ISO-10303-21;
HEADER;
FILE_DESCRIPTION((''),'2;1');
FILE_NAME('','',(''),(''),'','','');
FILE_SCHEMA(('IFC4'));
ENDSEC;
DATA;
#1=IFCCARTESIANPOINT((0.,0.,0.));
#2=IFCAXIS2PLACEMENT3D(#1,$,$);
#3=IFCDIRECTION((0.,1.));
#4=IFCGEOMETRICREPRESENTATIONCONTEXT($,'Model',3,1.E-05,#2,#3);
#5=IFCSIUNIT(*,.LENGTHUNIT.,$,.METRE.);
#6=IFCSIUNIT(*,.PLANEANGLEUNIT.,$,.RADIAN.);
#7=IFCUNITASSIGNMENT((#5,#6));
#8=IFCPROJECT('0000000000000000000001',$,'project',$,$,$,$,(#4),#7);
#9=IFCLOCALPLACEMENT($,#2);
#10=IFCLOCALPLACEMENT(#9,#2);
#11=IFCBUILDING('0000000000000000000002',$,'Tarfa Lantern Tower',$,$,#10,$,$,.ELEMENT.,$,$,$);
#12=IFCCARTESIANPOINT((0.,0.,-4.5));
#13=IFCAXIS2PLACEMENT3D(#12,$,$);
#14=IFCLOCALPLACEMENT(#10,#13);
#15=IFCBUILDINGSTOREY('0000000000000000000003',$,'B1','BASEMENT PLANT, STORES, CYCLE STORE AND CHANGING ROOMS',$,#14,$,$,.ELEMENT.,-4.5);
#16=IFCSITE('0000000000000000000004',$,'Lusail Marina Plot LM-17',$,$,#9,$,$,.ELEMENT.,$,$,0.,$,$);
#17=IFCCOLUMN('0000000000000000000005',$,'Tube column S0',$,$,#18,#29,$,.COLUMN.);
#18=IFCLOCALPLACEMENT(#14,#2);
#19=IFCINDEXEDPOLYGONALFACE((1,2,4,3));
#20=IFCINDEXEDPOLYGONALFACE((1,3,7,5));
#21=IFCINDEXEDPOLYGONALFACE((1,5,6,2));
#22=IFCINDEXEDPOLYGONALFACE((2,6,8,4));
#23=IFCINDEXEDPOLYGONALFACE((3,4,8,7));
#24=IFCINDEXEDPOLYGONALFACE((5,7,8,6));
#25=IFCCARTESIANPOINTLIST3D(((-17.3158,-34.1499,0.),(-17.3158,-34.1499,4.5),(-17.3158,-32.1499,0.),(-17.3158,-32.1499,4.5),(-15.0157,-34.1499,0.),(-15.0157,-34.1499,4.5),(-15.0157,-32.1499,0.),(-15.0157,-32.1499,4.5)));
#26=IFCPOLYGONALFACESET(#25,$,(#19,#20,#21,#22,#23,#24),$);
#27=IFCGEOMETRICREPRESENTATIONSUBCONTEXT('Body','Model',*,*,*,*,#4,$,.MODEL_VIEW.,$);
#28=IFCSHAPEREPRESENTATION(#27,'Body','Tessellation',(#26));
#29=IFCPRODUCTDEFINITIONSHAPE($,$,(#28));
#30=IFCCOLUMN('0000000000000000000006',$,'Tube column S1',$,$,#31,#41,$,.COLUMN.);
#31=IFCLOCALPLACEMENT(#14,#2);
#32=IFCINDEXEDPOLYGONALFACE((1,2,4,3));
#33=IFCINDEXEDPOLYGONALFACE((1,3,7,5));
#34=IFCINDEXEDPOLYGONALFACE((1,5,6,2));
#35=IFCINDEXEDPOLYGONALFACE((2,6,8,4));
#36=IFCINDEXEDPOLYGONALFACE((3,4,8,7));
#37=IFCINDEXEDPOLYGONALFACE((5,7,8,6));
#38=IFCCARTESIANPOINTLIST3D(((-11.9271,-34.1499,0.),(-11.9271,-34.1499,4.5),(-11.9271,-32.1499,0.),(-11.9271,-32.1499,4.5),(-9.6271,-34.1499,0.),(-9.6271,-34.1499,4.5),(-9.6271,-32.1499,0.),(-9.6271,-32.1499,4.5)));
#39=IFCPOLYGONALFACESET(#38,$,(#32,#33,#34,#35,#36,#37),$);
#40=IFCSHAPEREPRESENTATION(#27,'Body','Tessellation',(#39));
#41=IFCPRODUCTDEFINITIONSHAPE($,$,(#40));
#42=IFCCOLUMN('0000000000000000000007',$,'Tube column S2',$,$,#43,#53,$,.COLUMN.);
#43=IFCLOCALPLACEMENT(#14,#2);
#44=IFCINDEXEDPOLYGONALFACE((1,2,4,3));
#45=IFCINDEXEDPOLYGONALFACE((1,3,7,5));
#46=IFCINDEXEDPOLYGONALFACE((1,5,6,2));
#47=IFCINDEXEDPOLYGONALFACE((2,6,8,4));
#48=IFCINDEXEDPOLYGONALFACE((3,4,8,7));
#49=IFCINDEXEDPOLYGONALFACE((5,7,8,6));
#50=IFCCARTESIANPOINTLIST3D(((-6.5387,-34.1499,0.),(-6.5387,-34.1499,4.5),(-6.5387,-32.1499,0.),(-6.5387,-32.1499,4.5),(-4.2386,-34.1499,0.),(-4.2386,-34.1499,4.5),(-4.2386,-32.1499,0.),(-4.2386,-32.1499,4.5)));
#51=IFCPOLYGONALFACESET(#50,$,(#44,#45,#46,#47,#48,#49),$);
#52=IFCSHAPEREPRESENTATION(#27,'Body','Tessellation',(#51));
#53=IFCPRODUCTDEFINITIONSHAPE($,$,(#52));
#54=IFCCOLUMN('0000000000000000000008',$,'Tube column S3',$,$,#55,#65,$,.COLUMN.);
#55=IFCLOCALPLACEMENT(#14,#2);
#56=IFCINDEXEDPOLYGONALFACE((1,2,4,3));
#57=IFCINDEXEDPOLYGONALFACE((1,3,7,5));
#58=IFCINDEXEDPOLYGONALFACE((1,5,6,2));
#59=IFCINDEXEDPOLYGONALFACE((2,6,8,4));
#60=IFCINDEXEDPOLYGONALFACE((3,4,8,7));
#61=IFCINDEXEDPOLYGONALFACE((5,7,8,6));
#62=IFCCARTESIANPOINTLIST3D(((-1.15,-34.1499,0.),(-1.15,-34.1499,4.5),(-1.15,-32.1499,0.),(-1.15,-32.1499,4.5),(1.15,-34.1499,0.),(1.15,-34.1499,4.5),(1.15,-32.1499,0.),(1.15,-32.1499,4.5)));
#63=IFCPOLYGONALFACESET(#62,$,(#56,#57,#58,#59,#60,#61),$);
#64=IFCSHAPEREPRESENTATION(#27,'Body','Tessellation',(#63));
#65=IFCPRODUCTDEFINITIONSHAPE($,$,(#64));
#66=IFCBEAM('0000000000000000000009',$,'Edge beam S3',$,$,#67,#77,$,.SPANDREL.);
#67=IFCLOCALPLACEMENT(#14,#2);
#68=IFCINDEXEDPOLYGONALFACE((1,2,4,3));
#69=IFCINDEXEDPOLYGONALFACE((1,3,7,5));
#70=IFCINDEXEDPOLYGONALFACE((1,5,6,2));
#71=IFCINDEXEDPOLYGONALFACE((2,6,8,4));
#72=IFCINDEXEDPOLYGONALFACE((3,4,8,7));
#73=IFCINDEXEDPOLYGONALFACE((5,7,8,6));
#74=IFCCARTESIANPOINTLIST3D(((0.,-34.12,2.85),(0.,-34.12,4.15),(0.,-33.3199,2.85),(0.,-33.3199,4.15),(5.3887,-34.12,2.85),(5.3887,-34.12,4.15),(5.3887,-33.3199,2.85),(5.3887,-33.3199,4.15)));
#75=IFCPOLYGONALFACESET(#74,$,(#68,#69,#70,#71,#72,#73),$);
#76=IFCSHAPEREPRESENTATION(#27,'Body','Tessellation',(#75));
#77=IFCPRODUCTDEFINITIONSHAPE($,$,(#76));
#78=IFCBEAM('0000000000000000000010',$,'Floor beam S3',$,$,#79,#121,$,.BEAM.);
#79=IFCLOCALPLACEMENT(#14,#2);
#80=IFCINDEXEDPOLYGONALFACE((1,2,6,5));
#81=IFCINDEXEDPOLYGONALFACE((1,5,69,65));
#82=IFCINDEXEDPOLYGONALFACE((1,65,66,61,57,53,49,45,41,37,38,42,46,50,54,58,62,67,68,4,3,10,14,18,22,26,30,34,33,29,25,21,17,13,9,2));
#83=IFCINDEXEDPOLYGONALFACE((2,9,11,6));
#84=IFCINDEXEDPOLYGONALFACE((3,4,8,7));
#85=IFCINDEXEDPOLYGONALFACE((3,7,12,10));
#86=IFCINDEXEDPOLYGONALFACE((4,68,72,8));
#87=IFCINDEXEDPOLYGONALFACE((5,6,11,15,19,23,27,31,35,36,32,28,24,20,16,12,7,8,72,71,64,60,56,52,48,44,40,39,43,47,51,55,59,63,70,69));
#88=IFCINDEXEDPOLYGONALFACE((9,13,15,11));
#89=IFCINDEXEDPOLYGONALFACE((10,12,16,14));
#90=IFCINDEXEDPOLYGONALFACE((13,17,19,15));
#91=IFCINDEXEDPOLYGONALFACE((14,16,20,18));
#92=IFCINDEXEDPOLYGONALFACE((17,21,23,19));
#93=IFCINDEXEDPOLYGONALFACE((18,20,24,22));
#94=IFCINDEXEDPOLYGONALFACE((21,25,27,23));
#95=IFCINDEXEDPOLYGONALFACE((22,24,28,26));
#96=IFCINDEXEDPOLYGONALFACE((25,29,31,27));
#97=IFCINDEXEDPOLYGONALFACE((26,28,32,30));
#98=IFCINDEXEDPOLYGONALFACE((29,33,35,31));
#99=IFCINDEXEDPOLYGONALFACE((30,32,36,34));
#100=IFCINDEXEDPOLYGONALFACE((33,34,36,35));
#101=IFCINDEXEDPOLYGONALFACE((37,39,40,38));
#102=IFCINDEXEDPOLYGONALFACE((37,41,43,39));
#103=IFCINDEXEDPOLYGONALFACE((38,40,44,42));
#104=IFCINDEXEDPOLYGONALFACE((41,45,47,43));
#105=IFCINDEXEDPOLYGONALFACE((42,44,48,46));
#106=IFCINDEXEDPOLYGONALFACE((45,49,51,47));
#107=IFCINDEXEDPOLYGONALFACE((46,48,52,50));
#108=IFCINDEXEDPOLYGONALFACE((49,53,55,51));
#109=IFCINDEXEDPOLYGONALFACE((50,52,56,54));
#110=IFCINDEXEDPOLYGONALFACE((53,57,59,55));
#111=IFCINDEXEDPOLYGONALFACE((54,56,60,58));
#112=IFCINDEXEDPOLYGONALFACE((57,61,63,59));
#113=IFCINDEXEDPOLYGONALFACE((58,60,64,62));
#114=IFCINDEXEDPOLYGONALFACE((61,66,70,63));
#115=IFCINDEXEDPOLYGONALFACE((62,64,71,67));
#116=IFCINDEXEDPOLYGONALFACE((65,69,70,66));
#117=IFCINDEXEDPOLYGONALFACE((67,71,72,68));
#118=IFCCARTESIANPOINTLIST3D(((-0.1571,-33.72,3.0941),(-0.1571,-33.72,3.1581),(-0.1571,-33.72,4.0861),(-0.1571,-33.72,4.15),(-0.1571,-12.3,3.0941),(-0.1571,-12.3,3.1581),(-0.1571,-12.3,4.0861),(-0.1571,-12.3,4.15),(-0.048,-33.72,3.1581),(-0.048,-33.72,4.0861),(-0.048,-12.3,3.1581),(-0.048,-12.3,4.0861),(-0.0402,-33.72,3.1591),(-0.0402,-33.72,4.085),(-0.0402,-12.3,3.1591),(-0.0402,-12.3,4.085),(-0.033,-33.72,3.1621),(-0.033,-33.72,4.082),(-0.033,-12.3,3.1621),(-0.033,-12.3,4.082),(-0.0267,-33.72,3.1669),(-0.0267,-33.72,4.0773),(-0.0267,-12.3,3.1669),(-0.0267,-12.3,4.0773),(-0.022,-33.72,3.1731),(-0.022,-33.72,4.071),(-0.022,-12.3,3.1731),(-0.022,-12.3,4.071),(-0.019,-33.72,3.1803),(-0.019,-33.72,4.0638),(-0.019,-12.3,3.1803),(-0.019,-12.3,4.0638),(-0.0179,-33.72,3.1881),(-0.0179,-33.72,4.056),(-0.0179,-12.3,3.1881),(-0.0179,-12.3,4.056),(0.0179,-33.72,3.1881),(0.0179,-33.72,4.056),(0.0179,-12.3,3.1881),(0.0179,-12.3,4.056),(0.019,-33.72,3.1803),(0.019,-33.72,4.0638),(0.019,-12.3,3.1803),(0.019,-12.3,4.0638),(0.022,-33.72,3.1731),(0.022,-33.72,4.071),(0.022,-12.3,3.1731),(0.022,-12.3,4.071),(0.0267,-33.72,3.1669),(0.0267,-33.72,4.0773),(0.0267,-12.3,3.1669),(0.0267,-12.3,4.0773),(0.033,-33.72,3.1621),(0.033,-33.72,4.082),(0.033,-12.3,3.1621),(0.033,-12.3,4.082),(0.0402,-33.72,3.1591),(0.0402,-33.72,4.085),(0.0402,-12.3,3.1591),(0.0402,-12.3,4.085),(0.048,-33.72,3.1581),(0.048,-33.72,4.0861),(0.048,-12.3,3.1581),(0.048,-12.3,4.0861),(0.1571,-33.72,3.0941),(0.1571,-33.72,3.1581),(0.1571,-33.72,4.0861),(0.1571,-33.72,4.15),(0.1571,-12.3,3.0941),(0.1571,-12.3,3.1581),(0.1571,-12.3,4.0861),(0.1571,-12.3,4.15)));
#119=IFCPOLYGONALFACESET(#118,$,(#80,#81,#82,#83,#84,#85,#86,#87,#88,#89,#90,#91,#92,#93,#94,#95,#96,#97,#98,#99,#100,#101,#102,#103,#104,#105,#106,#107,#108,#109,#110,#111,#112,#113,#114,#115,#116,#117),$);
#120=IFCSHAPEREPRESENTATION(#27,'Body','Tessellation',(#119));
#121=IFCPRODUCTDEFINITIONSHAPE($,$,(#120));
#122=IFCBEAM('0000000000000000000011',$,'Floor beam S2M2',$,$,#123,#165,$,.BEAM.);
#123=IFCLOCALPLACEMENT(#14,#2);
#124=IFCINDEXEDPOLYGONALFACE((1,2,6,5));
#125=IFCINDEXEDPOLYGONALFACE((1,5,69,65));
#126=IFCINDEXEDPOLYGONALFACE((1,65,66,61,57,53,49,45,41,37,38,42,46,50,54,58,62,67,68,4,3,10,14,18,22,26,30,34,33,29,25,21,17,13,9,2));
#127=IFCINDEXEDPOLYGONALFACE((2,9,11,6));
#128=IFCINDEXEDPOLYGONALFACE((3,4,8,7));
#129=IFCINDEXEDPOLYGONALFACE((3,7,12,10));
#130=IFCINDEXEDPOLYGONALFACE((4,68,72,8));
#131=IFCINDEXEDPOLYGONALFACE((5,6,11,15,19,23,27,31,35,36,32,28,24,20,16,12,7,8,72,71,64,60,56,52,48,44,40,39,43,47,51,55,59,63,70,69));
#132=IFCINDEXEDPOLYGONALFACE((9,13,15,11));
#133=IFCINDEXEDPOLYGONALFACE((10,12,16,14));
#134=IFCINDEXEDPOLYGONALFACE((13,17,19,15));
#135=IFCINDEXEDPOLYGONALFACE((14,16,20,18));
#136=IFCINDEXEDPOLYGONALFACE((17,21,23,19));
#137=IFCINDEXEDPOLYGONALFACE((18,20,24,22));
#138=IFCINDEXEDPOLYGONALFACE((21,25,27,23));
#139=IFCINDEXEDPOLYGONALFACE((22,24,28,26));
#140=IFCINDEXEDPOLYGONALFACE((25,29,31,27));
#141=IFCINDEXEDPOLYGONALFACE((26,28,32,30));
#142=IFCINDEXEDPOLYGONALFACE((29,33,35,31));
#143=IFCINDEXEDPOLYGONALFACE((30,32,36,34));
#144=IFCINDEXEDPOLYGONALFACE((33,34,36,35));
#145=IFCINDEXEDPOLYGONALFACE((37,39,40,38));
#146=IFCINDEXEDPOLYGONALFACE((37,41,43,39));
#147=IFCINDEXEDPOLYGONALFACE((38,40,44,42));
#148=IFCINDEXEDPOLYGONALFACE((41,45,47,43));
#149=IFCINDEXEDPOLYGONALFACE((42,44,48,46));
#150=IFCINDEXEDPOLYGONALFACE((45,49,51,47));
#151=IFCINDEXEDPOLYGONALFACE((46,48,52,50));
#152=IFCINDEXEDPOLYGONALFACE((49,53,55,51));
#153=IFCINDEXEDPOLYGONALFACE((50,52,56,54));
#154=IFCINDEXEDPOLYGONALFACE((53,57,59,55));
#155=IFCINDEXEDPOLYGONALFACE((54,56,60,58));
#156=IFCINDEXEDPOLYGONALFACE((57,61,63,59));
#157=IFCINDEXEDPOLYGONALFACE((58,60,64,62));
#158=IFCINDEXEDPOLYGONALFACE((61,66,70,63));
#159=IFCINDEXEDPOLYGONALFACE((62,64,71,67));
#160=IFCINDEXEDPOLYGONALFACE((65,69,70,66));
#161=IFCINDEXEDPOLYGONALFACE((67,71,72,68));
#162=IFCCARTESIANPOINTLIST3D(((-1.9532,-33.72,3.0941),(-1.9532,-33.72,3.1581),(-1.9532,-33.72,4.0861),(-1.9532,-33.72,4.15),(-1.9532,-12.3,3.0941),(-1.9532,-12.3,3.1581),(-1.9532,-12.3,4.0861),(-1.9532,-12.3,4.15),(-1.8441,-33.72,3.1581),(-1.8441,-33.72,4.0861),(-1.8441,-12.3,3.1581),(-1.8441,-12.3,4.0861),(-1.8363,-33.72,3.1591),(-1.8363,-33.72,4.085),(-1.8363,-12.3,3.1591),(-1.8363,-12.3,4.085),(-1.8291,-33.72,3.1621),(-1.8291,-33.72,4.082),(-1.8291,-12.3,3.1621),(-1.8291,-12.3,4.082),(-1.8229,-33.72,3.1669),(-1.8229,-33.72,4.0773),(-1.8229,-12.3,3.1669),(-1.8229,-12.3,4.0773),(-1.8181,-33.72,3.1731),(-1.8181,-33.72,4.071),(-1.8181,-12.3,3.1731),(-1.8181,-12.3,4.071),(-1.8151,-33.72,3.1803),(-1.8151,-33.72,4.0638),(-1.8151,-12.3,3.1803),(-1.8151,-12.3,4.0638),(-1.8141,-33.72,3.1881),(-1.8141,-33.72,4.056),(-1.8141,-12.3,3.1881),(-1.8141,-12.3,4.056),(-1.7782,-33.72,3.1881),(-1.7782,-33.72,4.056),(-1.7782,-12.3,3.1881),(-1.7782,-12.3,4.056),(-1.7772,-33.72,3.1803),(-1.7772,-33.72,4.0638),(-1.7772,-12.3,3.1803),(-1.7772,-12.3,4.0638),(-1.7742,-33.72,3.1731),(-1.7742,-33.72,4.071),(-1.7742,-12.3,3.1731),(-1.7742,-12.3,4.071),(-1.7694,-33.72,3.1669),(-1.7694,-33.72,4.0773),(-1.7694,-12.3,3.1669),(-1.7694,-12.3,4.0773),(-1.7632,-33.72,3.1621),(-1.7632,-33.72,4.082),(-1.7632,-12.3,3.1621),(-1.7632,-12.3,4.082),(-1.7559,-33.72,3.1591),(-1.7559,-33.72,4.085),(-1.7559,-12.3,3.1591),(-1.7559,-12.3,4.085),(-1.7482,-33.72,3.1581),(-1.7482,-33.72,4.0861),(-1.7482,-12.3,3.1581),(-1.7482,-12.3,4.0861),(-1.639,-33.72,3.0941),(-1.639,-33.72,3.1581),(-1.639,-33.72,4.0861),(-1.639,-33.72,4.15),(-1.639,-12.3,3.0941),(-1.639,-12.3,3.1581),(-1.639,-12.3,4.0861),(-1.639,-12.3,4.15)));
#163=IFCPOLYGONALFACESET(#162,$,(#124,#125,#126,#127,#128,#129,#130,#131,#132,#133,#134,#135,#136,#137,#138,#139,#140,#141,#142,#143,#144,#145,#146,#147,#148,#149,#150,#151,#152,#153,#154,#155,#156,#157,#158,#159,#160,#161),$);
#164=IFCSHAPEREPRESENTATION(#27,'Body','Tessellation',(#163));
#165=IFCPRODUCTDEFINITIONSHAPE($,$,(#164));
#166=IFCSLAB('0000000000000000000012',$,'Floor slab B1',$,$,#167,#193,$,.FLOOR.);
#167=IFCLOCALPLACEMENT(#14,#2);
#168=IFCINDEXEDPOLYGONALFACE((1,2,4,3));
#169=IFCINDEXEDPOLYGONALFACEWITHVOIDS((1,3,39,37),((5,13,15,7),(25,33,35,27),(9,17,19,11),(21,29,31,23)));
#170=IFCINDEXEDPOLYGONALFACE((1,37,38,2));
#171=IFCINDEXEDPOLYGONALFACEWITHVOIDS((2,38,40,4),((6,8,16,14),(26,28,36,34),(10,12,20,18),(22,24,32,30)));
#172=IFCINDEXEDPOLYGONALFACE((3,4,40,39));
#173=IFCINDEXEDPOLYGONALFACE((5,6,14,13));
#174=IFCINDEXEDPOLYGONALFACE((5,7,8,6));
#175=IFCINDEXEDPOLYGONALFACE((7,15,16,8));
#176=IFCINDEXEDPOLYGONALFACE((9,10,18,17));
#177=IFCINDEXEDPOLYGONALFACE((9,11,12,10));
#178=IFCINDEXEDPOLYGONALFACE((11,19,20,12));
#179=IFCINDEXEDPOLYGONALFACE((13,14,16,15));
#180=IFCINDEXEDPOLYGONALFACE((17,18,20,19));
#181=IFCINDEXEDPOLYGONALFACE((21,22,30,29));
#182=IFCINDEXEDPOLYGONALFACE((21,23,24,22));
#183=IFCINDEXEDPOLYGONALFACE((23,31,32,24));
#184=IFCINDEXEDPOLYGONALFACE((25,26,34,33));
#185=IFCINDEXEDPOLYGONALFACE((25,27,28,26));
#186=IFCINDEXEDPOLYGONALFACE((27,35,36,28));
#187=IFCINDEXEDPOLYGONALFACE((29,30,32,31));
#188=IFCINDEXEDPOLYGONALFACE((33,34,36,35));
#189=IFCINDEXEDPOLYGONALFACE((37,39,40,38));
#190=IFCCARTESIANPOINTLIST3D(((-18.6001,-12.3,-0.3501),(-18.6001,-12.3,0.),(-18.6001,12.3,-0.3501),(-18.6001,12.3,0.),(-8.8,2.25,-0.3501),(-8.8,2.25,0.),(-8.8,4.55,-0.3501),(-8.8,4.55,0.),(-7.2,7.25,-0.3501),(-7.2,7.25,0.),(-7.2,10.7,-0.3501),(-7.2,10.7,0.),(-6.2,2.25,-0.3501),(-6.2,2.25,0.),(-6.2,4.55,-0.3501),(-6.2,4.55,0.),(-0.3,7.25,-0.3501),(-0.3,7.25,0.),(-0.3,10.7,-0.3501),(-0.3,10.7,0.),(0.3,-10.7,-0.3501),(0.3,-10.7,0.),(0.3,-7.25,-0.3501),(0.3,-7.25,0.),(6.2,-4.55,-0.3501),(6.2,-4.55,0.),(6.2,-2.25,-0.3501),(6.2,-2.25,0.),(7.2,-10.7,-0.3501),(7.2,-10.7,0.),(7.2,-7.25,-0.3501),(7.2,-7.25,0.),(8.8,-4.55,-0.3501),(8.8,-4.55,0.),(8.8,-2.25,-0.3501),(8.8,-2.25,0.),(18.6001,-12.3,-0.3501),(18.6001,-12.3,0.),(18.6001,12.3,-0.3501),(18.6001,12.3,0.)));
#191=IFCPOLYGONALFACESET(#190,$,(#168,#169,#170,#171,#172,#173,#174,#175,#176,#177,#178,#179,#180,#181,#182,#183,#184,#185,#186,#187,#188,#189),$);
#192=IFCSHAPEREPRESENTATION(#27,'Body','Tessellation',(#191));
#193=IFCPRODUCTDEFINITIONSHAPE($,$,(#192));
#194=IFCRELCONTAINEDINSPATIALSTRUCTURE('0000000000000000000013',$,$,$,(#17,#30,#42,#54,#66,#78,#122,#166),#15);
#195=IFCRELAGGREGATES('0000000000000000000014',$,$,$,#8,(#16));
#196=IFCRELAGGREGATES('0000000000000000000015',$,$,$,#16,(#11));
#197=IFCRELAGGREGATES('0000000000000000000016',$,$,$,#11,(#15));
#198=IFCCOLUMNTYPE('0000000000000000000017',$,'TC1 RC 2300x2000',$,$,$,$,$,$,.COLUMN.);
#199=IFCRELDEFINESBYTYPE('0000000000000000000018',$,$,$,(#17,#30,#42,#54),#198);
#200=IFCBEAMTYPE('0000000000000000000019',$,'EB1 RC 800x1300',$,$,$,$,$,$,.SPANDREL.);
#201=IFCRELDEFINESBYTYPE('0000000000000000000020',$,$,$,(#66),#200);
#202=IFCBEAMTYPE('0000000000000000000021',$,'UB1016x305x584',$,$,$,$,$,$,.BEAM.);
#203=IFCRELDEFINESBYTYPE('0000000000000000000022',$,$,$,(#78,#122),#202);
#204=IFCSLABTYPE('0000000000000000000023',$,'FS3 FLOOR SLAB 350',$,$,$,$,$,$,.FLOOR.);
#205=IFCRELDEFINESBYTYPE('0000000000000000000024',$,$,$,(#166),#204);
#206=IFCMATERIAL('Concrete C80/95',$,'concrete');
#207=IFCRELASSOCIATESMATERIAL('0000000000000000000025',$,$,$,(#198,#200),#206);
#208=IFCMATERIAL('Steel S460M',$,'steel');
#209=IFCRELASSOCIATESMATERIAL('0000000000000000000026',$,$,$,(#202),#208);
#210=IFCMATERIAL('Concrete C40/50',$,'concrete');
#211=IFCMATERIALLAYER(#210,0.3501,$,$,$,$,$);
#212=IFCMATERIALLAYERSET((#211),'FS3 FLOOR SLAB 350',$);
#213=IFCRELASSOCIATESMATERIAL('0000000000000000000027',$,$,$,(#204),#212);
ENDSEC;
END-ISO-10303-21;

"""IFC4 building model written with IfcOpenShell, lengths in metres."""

from ifc_helpers import new_model, si_unit, direction, frame, origin, origin_2d, place, context, subcontext, project, spatial, polyline, rectangle, i_section, outline, extrude, material, layer, layer_set, material_profile, profile_set, type_object, element, save


model = new_model("IFC4")

# Units and contexts
model_context = context("Model", 3, precision=1e-05, world=origin(), true_north=direction((0.0, 1.0)))
body_context = subcontext(model_context, "Body", "Model", "MODEL_VIEW")
ifc_project = project(units=[si_unit("LENGTHUNIT", "METRE"), si_unit("PLANEANGLEUNIT", "RADIAN")], contexts=[model_context])

# Site, building, storey
site_placement = place(None, origin())
site = spatial("IfcSite", under=ifc_project, at=site_placement, Name="Lusail Marina Plot LM-17", CompositionType="ELEMENT", RefElevation=0.0)
building_placement = place(site_placement, origin())
building = spatial("IfcBuilding", under=site, at=building_placement, Name="Tarfa Lantern Tower", CompositionType="ELEMENT")
storey_placement = place(building_placement, frame((0.0, 0.0, -4.5)))
storey = spatial("IfcBuildingStorey", under=building, at=storey_placement, Name="B1", Description="BASEMENT PLANT, STORES, CYCLE STORE AND CHANGING ROOMS", CompositionType="ELEMENT", Elevation=-4.5)

# Columns
ifc_material_1 = material(Name="Concrete C80/95", Category="concrete")
ifc_material_profile_1 = material_profile(ifc_material_1, rectangle(XDim=2.3, YDim=2.0, at=origin_2d()), Name="RC 2300x2000")
ifc_profile_set_1 = profile_set([ifc_material_profile_1], Name="Concrete C80/95")
column_type = type_object("IfcColumnType", Name="TC1 RC 2300x2000", PredefinedType="COLUMN", material=ifc_profile_set_1)
for number, where, z_axis, x_axis, name in (
    (1, (-16.1658, -33.1499, 0.0), (0.0, 0.0, 1.0), (1.0, 0.0, 0.0), "Tube column S0"),
    (2, (-10.7771, -33.1499, 0.0), (0.0, 0.0, 1.0), (1.0, 0.0, 0.0), "Tube column S1"),
    (3, (-5.3887, -33.1499, 0.0), (0.0, 0.0, 1.0), (1.0, 0.0, 0.0), "Tube column S2"),
    (4, (0.0, -33.1499, 0.0), (0.0, 0.0, 1.0), (1.0, 0.0, 0.0), "Tube column S3"),
):
    element("IfcColumn", number, at=place(storey_placement, frame(where, z_axis=z_axis, x_axis=x_axis)), inside=storey, type_object=column_type, Name=name, PredefinedType="COLUMN", context=body_context, shape_type="SweptSolid", body=[
        extrude(rectangle(XDim=2.3, YDim=2.0, at=origin_2d()), origin(), (0.0, 0.0, 1.0), 4.5),
    ])

# Beams
ifc_material_profile_2 = material_profile(ifc_material_1, rectangle(XDim=0.8, YDim=1.3, at=origin_2d()), Name="RC 800x1300")
ifc_profile_set_2 = profile_set([ifc_material_profile_2], Name="Concrete C80/95")
beam_type_1 = type_object("IfcBeamType", Name="EB1 RC 800x1300", PredefinedType="SPANDREL", material=ifc_profile_set_2)
beam_placement = place(storey_placement, frame((0.0, -33.72, 3.5), z_axis=(1.0, 0.0, 0.0), x_axis=(0.0, 1.0, 0.0)))
element("IfcBeam", 5, at=beam_placement, inside=storey, type_object=beam_type_1, Name="Edge beam S3", PredefinedType="SPANDREL", context=body_context, shape_type="SweptSolid", body=[
    extrude(rectangle(XDim=0.8, YDim=1.3, at=origin_2d()), origin(), (0.0, 0.0, 1.0), 5.3887),
])
ifc_material_2 = material(Name="Steel S460M", Category="steel")
ifc_material_profile_3 = material_profile(ifc_material_2, i_section(OverallWidth=0.3142, OverallDepth=1.0559, WebThickness=0.0359, FlangeThickness=0.064, FilletRadius=0.03, at=origin_2d()), Name="UB1016x305x584")
ifc_profile_set_3 = profile_set([ifc_material_profile_3], Name="Steel S460M")
beam_type_2 = type_object("IfcBeamType", Name="UB1016x305x584", PredefinedType="BEAM", material=ifc_profile_set_3)
for number, where, z_axis, x_axis, name in (
    (6, (0.0, -33.72, 3.6221), (0.0, 1.0, 0.0), (-1.0, 0.0, 0.0), "Floor beam S3"),
    (7, (-1.7961, -33.72, 3.6221), (0.0, 1.0, 0.0), (-1.0, 0.0, 0.0), "Floor beam S2M2"),
):
    element("IfcBeam", number, at=place(storey_placement, frame(where, z_axis=z_axis, x_axis=x_axis)), inside=storey, type_object=beam_type_2, Name=name, PredefinedType="BEAM", context=body_context, shape_type="SweptSolid", body=[
        extrude(i_section(OverallWidth=0.3142, OverallDepth=1.0559, WebThickness=0.0359, FlangeThickness=0.064, FilletRadius=0.03, at=origin_2d()), origin(), (0.0, 0.0, 1.0), 21.4199),
    ])

# Slab
ifc_material_3 = material(Name="Concrete C40/50", Category="concrete")
ifc_layer_1 = layer(ifc_material_3, 0.3501)
ifc_layer_set_1 = layer_set([ifc_layer_1], Name="FS3 FLOOR SLAB 350")
slab_type = type_object("IfcSlabType", Name="FS3 FLOOR SLAB 350", PredefinedType="FLOOR", material=ifc_layer_set_1)
slab_1_placement = place(storey_placement, frame((0.0, 0.0, -0.3501)))
element("IfcSlab", 8, at=slab_1_placement, inside=storey, type_object=slab_type, Name="Floor slab B1", PredefinedType="FLOOR", context=body_context, shape_type="SweptSolid", body=[
    extrude(outline(polyline([(-18.6001, -12.3), (18.6001, -12.3), (18.6001, 12.3), (-18.6001, 12.3), (-18.6001, -12.3)]), holes=[polyline([(-8.8, 2.25), (-6.2, 2.25), (-6.2, 4.55), (-8.8, 4.55), (-8.8, 2.25)]), polyline([(8.8, -2.25), (6.2, -2.25), (6.2, -4.55), (8.8, -4.55), (8.8, -2.25)]), polyline([(-7.2, 7.25), (-0.3, 7.25), (-0.3, 10.7), (-7.2, 10.7), (-7.2, 7.25)]), polyline([(7.2, -7.25), (0.3, -7.25), (0.3, -10.7), (7.2, -10.7), (7.2, -7.25)])]), origin(), (0.0, 0.0, 1.0), 0.3501),
])

save(model, "model.ifc")
